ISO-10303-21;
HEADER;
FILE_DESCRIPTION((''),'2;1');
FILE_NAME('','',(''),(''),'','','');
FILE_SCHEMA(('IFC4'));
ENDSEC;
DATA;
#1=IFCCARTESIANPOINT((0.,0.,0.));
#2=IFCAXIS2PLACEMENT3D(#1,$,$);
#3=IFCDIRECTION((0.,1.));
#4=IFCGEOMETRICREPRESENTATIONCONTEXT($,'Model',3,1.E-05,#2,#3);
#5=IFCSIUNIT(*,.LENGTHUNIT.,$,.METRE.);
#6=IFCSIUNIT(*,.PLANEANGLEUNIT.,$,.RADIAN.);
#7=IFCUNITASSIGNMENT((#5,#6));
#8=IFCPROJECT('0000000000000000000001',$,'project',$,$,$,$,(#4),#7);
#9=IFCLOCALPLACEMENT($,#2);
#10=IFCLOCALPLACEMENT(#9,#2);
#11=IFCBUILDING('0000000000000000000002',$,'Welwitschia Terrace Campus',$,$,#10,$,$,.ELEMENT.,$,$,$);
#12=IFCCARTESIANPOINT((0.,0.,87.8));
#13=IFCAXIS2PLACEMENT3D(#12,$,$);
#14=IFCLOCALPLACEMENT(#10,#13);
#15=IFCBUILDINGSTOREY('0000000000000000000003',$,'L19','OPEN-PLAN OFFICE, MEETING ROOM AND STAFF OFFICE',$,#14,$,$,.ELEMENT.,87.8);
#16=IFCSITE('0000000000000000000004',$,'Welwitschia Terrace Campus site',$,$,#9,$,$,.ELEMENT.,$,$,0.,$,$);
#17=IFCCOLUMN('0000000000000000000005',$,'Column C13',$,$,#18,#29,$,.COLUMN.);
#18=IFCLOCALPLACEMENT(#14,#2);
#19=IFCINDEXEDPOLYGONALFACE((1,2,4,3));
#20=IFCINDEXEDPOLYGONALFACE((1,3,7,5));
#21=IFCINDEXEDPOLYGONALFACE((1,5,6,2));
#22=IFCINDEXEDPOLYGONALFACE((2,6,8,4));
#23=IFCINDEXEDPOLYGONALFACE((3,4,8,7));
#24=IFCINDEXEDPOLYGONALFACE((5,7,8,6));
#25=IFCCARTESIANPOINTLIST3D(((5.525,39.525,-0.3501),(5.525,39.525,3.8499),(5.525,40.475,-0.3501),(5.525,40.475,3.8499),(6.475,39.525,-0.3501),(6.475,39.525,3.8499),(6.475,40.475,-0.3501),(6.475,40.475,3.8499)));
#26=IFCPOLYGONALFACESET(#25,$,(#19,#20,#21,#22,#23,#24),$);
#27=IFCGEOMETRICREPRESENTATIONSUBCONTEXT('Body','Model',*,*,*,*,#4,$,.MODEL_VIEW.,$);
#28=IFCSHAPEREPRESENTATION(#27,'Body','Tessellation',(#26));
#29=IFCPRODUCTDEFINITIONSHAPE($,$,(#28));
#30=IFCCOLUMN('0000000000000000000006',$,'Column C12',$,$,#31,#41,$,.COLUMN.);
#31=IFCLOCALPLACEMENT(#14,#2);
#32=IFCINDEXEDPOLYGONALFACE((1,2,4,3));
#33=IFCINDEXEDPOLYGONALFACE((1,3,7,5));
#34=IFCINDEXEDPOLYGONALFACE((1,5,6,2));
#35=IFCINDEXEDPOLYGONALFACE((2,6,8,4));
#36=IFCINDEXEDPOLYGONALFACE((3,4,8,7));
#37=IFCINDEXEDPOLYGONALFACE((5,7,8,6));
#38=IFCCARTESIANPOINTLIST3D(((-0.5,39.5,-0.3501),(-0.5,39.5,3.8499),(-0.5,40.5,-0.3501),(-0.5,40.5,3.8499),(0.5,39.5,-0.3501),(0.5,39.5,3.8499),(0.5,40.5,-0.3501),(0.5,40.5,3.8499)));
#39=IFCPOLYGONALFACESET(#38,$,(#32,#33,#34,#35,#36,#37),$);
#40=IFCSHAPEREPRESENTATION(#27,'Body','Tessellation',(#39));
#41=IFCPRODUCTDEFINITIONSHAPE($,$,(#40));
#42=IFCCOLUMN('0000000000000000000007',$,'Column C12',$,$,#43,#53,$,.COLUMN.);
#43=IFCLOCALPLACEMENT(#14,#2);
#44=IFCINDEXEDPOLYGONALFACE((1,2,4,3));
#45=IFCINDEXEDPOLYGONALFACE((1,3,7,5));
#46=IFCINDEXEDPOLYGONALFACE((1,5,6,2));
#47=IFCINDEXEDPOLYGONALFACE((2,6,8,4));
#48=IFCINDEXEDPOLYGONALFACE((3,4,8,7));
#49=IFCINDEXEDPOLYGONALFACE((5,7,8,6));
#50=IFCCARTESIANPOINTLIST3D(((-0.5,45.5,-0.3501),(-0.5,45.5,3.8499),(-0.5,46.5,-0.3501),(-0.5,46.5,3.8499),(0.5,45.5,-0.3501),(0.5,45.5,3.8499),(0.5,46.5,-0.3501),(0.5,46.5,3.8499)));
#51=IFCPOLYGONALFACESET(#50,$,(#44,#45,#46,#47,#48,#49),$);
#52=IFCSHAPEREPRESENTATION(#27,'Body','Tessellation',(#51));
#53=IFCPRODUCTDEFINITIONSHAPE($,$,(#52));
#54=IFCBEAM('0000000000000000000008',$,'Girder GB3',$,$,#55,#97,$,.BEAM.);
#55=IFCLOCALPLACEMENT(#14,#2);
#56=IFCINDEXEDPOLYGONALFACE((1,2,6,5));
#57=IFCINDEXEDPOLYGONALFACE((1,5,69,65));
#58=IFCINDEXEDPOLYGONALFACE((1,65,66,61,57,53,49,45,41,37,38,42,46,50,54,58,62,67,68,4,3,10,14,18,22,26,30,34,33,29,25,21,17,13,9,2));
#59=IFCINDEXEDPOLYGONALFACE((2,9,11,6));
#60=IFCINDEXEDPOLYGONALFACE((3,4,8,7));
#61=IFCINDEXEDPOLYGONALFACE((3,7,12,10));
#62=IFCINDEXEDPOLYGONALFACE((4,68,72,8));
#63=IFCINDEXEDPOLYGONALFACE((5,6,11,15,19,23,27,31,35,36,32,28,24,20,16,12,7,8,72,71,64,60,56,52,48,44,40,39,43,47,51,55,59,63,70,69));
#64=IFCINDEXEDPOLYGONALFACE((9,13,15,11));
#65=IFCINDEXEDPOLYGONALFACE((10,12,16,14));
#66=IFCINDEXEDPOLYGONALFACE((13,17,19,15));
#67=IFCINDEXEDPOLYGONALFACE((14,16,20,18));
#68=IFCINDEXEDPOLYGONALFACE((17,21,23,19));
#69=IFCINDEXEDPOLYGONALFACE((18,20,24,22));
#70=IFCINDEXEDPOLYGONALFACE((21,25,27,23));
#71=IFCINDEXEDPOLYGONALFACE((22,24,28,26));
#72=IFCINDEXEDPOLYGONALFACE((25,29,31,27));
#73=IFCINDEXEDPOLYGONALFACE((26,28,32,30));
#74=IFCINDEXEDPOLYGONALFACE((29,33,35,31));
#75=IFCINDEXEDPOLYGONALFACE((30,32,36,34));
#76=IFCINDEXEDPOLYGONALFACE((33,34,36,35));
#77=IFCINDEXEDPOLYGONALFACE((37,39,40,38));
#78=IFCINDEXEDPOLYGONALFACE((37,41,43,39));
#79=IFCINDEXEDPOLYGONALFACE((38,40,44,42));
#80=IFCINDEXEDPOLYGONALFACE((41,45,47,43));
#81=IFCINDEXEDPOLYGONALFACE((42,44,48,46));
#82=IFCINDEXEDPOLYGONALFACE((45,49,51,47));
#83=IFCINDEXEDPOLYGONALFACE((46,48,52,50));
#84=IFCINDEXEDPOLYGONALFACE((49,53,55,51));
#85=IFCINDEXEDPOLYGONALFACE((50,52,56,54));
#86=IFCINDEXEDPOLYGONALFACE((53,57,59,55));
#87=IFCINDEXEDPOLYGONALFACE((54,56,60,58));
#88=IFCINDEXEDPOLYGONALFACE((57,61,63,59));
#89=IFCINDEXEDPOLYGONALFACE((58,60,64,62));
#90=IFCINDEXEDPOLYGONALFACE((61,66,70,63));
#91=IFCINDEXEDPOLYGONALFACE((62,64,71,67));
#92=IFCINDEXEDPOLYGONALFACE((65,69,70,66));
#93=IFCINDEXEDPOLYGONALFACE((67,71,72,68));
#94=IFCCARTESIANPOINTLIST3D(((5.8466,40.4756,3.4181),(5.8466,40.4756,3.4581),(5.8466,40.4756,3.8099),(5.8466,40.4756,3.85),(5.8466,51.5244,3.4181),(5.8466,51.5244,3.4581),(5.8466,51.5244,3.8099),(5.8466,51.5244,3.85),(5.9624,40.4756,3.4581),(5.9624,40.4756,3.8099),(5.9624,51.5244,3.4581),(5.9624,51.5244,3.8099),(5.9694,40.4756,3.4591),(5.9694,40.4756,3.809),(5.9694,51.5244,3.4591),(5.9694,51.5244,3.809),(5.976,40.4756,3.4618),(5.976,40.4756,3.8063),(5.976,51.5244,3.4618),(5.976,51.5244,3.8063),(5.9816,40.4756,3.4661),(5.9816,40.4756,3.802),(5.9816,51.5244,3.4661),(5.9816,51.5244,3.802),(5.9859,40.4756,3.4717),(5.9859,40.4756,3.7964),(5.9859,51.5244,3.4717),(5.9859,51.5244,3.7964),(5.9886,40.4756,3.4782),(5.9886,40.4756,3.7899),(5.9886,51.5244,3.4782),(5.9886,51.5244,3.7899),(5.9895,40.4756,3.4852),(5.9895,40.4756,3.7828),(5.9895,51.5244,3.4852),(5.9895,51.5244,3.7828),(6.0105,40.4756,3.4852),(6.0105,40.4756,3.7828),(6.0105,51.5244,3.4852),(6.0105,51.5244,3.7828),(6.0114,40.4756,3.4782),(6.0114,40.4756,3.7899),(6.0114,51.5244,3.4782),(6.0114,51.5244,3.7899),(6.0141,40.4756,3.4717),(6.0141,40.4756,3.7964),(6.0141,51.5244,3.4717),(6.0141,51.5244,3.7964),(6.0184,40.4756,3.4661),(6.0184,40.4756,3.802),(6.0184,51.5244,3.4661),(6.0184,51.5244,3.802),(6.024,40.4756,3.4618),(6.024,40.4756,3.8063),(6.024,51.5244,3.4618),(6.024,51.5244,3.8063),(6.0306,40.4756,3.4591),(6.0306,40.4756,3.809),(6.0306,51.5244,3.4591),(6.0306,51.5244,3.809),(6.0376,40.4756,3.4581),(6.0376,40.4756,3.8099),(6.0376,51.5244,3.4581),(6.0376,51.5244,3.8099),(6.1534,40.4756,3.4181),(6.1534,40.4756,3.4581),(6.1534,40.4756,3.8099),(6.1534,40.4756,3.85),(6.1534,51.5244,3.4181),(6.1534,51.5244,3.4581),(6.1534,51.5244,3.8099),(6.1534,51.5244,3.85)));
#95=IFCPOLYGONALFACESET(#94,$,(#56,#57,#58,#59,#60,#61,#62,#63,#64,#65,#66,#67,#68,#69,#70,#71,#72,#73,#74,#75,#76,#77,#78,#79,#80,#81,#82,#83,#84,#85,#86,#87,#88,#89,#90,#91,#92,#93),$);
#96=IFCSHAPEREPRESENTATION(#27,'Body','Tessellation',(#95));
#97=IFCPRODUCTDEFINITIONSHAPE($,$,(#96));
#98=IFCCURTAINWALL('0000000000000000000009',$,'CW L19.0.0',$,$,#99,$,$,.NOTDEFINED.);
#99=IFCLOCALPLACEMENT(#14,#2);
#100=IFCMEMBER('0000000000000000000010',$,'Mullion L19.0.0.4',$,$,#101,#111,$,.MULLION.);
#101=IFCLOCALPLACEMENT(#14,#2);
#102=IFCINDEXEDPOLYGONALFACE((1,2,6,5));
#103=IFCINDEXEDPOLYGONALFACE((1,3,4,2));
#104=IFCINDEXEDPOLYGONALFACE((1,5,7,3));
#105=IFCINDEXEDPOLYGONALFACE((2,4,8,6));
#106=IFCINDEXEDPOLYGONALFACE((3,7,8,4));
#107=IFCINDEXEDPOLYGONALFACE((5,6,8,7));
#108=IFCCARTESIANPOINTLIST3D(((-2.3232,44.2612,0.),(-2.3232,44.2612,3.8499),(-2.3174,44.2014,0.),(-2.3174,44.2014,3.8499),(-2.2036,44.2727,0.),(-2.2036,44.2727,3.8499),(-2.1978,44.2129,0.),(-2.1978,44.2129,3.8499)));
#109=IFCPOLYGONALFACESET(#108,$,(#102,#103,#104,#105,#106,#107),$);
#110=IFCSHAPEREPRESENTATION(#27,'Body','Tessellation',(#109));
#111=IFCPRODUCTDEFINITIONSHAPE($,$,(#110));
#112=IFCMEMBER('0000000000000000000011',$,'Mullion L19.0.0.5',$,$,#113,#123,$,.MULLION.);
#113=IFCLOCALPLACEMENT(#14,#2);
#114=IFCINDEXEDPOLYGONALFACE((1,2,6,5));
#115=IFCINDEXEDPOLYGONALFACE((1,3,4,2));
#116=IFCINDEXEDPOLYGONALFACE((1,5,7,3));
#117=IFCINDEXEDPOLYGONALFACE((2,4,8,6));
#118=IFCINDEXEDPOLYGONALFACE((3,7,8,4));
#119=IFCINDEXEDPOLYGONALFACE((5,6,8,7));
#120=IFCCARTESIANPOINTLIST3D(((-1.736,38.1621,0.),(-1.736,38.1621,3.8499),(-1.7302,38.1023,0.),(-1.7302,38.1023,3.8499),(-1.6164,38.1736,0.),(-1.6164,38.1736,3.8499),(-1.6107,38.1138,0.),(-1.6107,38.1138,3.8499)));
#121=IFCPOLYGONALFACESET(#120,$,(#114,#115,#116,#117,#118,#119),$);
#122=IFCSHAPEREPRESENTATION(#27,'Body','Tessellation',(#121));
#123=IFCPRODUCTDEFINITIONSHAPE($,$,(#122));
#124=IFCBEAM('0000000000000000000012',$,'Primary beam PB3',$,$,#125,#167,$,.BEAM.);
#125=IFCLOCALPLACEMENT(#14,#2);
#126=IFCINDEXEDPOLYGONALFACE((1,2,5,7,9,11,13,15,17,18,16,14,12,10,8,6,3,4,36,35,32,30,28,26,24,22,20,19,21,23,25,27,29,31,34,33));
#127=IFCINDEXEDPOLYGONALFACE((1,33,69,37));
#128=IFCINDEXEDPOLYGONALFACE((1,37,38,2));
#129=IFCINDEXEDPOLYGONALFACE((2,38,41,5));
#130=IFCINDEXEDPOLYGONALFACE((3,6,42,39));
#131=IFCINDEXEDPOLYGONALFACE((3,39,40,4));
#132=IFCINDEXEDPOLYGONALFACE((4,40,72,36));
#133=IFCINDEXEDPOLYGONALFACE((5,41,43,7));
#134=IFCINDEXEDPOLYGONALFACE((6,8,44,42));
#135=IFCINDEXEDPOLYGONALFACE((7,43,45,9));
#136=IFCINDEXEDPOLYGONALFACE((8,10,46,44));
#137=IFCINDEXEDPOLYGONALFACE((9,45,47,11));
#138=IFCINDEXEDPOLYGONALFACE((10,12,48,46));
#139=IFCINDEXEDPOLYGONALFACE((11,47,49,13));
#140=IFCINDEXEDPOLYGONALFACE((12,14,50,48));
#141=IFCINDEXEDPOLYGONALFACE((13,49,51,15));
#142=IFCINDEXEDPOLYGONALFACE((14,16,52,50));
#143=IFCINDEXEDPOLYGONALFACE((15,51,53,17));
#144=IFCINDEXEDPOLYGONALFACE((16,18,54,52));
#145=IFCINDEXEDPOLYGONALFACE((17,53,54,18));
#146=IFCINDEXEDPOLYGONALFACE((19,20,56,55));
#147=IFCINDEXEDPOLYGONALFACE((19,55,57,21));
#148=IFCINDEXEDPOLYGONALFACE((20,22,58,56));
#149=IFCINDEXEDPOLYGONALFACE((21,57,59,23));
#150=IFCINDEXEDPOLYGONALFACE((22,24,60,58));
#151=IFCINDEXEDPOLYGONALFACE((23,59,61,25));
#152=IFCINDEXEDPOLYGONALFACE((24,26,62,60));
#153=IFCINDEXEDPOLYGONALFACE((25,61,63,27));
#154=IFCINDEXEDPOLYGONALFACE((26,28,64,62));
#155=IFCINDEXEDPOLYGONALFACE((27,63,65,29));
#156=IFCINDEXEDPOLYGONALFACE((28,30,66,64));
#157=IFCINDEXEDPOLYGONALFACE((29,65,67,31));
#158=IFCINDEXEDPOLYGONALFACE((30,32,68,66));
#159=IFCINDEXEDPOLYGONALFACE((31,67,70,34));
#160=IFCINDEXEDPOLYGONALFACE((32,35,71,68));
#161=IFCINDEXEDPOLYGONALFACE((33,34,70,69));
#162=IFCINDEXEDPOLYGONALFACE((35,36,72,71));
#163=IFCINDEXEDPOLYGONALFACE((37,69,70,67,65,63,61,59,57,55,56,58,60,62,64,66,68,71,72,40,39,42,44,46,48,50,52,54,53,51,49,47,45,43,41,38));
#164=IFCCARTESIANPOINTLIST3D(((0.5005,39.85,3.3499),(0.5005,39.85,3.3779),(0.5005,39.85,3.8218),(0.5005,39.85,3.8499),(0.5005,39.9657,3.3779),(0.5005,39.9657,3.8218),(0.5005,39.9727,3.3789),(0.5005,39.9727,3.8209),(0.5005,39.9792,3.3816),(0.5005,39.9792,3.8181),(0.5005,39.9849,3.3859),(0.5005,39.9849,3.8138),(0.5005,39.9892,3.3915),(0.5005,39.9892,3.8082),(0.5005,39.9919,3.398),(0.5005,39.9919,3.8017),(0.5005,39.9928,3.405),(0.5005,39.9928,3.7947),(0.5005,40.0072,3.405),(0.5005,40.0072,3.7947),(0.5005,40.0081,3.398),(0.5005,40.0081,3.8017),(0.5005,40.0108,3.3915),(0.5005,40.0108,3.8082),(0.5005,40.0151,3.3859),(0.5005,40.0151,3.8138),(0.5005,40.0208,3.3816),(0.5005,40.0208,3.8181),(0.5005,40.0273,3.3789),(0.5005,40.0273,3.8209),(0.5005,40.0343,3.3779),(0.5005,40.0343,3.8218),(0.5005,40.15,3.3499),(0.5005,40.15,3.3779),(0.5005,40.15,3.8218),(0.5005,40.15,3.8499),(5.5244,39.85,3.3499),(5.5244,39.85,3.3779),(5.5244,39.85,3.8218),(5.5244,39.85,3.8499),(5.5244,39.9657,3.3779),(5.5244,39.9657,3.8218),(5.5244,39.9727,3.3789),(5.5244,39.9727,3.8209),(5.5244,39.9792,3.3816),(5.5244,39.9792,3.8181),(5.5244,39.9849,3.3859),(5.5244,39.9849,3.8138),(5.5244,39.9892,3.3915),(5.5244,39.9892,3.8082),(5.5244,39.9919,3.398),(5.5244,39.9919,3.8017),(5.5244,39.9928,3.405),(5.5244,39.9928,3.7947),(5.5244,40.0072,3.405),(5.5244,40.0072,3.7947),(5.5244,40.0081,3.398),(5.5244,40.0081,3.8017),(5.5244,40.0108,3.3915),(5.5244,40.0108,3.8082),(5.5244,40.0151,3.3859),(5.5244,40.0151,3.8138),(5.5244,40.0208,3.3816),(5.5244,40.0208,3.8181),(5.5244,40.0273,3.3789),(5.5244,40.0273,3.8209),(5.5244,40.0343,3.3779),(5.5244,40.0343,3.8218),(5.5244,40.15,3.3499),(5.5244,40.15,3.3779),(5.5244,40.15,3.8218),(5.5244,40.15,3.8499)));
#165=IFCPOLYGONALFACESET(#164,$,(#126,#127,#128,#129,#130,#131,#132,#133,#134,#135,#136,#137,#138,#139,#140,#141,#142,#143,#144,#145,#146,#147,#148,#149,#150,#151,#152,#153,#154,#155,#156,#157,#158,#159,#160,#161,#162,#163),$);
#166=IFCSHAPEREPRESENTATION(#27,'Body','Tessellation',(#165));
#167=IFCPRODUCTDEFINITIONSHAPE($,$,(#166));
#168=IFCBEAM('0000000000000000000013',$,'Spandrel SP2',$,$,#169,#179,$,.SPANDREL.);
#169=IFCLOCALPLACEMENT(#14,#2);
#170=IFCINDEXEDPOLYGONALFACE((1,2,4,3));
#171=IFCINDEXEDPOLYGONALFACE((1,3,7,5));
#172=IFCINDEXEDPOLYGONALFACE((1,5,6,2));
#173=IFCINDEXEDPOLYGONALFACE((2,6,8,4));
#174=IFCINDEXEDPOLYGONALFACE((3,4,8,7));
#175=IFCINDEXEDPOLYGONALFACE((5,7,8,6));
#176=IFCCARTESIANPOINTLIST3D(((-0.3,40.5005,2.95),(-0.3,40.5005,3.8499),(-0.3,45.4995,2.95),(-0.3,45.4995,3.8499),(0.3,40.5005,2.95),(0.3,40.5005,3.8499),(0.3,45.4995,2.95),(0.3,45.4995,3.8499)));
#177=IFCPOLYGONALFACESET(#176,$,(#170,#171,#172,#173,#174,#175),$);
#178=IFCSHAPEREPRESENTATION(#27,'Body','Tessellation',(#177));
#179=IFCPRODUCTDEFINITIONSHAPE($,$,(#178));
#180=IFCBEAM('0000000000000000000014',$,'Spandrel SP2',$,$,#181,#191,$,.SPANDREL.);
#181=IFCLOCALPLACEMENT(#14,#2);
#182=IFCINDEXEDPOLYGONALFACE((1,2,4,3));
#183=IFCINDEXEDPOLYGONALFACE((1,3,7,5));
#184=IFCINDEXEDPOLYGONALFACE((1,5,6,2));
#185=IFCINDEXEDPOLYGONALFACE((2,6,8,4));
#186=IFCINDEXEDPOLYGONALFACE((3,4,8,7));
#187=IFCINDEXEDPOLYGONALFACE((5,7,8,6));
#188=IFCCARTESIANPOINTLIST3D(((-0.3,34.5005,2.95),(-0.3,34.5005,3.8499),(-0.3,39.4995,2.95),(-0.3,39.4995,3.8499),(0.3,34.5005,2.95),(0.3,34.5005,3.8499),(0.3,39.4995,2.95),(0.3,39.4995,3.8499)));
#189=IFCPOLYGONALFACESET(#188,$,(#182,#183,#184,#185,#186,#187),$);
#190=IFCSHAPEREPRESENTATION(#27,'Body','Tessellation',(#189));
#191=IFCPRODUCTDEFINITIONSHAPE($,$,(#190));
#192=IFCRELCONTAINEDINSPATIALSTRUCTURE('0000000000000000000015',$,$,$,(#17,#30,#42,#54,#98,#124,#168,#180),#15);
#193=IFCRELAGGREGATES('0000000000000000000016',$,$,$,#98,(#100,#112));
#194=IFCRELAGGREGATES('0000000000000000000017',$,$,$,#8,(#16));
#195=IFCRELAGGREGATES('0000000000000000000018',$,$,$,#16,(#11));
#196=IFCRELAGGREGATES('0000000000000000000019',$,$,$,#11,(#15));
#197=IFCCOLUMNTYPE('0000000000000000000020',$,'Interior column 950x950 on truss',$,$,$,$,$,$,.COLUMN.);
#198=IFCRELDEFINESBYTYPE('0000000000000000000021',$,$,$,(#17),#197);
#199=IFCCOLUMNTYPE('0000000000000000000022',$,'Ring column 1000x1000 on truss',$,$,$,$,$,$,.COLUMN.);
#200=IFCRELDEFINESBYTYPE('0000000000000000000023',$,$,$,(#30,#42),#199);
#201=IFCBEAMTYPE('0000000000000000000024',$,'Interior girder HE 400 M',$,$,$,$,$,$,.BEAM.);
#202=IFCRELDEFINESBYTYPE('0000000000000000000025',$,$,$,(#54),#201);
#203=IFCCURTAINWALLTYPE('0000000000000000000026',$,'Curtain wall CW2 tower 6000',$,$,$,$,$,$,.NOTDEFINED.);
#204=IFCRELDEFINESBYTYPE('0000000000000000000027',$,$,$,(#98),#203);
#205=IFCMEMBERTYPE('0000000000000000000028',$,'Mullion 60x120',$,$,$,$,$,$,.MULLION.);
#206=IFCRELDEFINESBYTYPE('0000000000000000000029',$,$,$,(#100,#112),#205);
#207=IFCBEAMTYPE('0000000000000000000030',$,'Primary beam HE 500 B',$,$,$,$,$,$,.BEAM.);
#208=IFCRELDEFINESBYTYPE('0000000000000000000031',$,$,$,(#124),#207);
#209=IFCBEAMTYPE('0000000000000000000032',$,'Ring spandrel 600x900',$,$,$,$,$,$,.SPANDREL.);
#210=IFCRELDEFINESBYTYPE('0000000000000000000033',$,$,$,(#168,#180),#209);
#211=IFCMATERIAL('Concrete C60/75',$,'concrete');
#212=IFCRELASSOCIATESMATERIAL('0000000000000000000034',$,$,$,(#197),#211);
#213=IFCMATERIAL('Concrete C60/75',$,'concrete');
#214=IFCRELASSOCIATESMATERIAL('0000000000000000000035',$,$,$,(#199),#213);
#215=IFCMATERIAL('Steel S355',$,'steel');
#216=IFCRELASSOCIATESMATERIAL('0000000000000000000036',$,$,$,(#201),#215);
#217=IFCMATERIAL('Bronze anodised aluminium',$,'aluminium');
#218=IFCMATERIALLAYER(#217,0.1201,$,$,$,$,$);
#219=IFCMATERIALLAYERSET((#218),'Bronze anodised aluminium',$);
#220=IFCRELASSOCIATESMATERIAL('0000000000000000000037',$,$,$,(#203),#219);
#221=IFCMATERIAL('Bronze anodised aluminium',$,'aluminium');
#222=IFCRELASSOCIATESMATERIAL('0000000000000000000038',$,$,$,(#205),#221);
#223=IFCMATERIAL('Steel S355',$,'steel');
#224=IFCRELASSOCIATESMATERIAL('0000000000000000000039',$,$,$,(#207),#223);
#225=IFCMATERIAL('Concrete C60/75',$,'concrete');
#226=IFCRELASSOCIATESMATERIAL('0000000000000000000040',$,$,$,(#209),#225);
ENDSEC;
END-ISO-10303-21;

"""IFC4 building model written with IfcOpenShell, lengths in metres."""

from ifc_helpers import new_model, si_unit, direction, frame, origin, origin_2d, place, context, subcontext, project, spatial, rectangle, i_section, extrude, material, layer, layer_set, material_profile, profile_set, type_object, element, aggregate, save


model = new_model("IFC4")

# Units and contexts
model_context = context("Model", 3, precision=1e-05, world=origin(), true_north=direction((0.0, 1.0)))
body_context = subcontext(model_context, "Body", "Model", "MODEL_VIEW")
ifc_project = project(units=[si_unit("LENGTHUNIT", "METRE"), si_unit("PLANEANGLEUNIT", "RADIAN")], contexts=[model_context])

# Site, building, storey
site_placement = place(None, origin())
site = spatial("IfcSite", under=ifc_project, at=site_placement, Name="Welwitschia Terrace Campus site", CompositionType="ELEMENT", RefElevation=0.0)
building_placement = place(site_placement, origin())
building = spatial("IfcBuilding", under=site, at=building_placement, Name="Welwitschia Terrace Campus", CompositionType="ELEMENT")
storey_placement = place(building_placement, frame((0.0, 0.0, 87.8)))
storey = spatial("IfcBuildingStorey", under=building, at=storey_placement, Name="L19", Description="OPEN-PLAN OFFICE, MEETING ROOM AND STAFF OFFICE", CompositionType="ELEMENT", Elevation=87.8)

# Columns
ifc_material_1 = material(Name="Concrete C60/75", Category="concrete")
ifc_material_profile_1 = material_profile(ifc_material_1, rectangle(XDim=0.95, YDim=0.95, at=origin_2d()))
ifc_profile_set_1 = profile_set([ifc_material_profile_1], Name="Concrete C60/75")
column_type_1 = type_object("IfcColumnType", Name="Interior column 950x950 on truss", PredefinedType="COLUMN", material=ifc_profile_set_1)
column_placement = place(storey_placement, frame((6.0, 40.0, -0.3501), z_axis=(0.0, 0.0, 1.0), x_axis=(1.0, 0.0, 0.0)))
element("IfcColumn", 1, at=column_placement, inside=storey, type_object=column_type_1, Name="Column C13", PredefinedType="COLUMN", context=body_context, shape_type="SweptSolid", body=[
    extrude(rectangle(XDim=0.95, YDim=0.95, at=origin_2d()), origin(), (0.0, 0.0, 1.0), 4.2),
])
ifc_material_2 = material(Name="Concrete C60/75", Category="concrete")
ifc_material_profile_2 = material_profile(ifc_material_2, rectangle(XDim=1.0, YDim=1.0, at=origin_2d()))
ifc_profile_set_2 = profile_set([ifc_material_profile_2], Name="Concrete C60/75")
column_type_2 = type_object("IfcColumnType", Name="Ring column 1000x1000 on truss", PredefinedType="COLUMN", material=ifc_profile_set_2)
for number, where, z_axis, x_axis, name in (
    (2, (0.0, 40.0, -0.3501), (0.0, 0.0, 1.0), (1.0, 0.0, 0.0), "Column C12"),
    (3, (0.0, 46.0, -0.3501), (0.0, 0.0, 1.0), (1.0, 0.0, 0.0), "Column C12"),
):
    element("IfcColumn", number, at=place(storey_placement, frame(where, z_axis=z_axis, x_axis=x_axis)), inside=storey, type_object=column_type_2, Name=name, PredefinedType="COLUMN", context=body_context, shape_type="SweptSolid", body=[
        extrude(rectangle(XDim=1.0, YDim=1.0, at=origin_2d()), origin(), (0.0, 0.0, 1.0), 4.2),
    ])

# Beam
ifc_material_3 = material(Name="Steel S355", Category="steel")
ifc_material_profile_3 = material_profile(ifc_material_3, i_section(OverallWidth=0.3069, OverallDepth=0.4319, WebThickness=0.021, FlangeThickness=0.04, FilletRadius=0.0271, at=origin_2d()))
ifc_profile_set_3 = profile_set([ifc_material_profile_3], Name="Steel S355")
beam_type_1 = type_object("IfcBeamType", Name="Interior girder HE 400 M", PredefinedType="BEAM", material=ifc_profile_set_3)
beam_1_placement = place(storey_placement, frame((6.0, 40.4756, 3.634), z_axis=(0.0, 1.0, 0.0), x_axis=(-1.0, 0.0, 0.0)))
element("IfcBeam", 4, at=beam_1_placement, inside=storey, type_object=beam_type_1, Name="Girder GB3", PredefinedType="BEAM", context=body_context, shape_type="SweptSolid", body=[
    extrude(i_section(OverallWidth=0.3069, OverallDepth=0.4319, WebThickness=0.021, FlangeThickness=0.04, FilletRadius=0.0271, at=origin_2d()), origin(), (0.0, 0.0, 1.0), 11.0488),
])

# Curtain wall, members
ifc_material_4 = material(Name="Bronze anodised aluminium", Category="aluminium")
ifc_layer_1 = layer(ifc_material_4, 0.1201)
ifc_layer_set_1 = layer_set([ifc_layer_1], Name="Bronze anodised aluminium")
curtain_wall_type = type_object("IfcCurtainWallType", Name="Curtain wall CW2 tower 6000", PredefinedType="NOTDEFINED", material=ifc_layer_set_1)
curtain_wall_placement = place(storey_placement, origin())
curtain_wall = element("IfcCurtainWall", 5, at=curtain_wall_placement, inside=storey, type_object=curtain_wall_type, Name="CW L19.0.0", PredefinedType="NOTDEFINED")
ifc_material_5 = material(Name="Bronze anodised aluminium", Category="aluminium")
ifc_material_profile_4 = material_profile(ifc_material_5, rectangle(XDim=0.1201, YDim=0.0601, at=origin_2d()))
ifc_profile_set_4 = profile_set([ifc_material_profile_4], Name="Bronze anodised aluminium")
member_type = type_object("IfcMemberType", Name="Mullion 60x120", PredefinedType="MULLION", material=ifc_profile_set_4)
member_1_placement = place(storey_placement, frame((-2.2605, 44.2371, 0.0), z_axis=(0.0, 0.0, 1.0), x_axis=(0.995396, 0.095846, 0.0)))
member_1 = element("IfcMember", 6, at=member_1_placement, type_object=member_type, Name="Mullion L19.0.0.4", PredefinedType="MULLION", context=body_context, shape_type="SweptSolid", body=[
    extrude(rectangle(XDim=0.1201, YDim=0.0601, at=origin_2d()), origin(), (0.0, 0.0, 1.0), 3.8499),
])
member_2_placement = place(storey_placement, frame((-1.6733, 38.1379, 0.0), z_axis=(0.0, 0.0, 1.0), x_axis=(0.995396, 0.095846, 0.0)))
member_2 = element("IfcMember", 7, at=member_2_placement, type_object=member_type, Name="Mullion L19.0.0.5", PredefinedType="MULLION", context=body_context, shape_type="SweptSolid", body=[
    extrude(rectangle(XDim=0.1201, YDim=0.0601, at=origin_2d()), origin(), (0.0, 0.0, 1.0), 3.8499),
])

# Beams
ifc_material_6 = material(Name="Steel S355", Category="steel")
ifc_material_profile_5 = material_profile(ifc_material_6, i_section(OverallWidth=0.3, OverallDepth=0.5, WebThickness=0.0144, FlangeThickness=0.0281, FilletRadius=0.0271, at=origin_2d()))
ifc_profile_set_5 = profile_set([ifc_material_profile_5], Name="Steel S355")
beam_type_2 = type_object("IfcBeamType", Name="Primary beam HE 500 B", PredefinedType="BEAM", material=ifc_profile_set_5)
beam_2_placement = place(storey_placement, frame((0.5005, 40.0, 3.5999), z_axis=(1.0, 0.0, 0.0), x_axis=(0.0, 1.0, 0.0)))
element("IfcBeam", 8, at=beam_2_placement, inside=storey, type_object=beam_type_2, Name="Primary beam PB3", PredefinedType="BEAM", context=body_context, shape_type="SweptSolid", body=[
    extrude(i_section(OverallWidth=0.3, OverallDepth=0.5, WebThickness=0.0144, FlangeThickness=0.0281, FilletRadius=0.0271, at=origin_2d()), origin(), (0.0, 0.0, 1.0), 5.0239),
])
ifc_material_7 = material(Name="Concrete C60/75", Category="concrete")
ifc_material_profile_6 = material_profile(ifc_material_7, rectangle(XDim=0.6001, YDim=0.8999, at=origin_2d()))
ifc_profile_set_6 = profile_set([ifc_material_profile_6], Name="Concrete C60/75")
beam_type_3 = type_object("IfcBeamType", Name="Ring spandrel 600x900", PredefinedType="SPANDREL", material=ifc_profile_set_6)
for number, where, z_axis, x_axis, name in (
    (9, (0.0, 45.4995, 3.3999), (0.0, -1.0, 0.0), (1.0, 0.0, 0.0), "Spandrel SP2"),
    (10, (0.0, 39.4995, 3.3999), (0.0, -1.0, 0.0), (1.0, 0.0, 0.0), "Spandrel SP2"),
):
    element("IfcBeam", number, at=place(storey_placement, frame(where, z_axis=z_axis, x_axis=x_axis)), inside=storey, type_object=beam_type_3, Name=name, PredefinedType="SPANDREL", context=body_context, shape_type="SweptSolid", body=[
        extrude(rectangle(XDim=0.6001, YDim=0.8999, at=origin_2d()), origin(), (0.0, 0.0, 1.0), 4.999),
    ])

aggregate(curtain_wall, [member_1, member_2])

save(model, "model.ifc")
